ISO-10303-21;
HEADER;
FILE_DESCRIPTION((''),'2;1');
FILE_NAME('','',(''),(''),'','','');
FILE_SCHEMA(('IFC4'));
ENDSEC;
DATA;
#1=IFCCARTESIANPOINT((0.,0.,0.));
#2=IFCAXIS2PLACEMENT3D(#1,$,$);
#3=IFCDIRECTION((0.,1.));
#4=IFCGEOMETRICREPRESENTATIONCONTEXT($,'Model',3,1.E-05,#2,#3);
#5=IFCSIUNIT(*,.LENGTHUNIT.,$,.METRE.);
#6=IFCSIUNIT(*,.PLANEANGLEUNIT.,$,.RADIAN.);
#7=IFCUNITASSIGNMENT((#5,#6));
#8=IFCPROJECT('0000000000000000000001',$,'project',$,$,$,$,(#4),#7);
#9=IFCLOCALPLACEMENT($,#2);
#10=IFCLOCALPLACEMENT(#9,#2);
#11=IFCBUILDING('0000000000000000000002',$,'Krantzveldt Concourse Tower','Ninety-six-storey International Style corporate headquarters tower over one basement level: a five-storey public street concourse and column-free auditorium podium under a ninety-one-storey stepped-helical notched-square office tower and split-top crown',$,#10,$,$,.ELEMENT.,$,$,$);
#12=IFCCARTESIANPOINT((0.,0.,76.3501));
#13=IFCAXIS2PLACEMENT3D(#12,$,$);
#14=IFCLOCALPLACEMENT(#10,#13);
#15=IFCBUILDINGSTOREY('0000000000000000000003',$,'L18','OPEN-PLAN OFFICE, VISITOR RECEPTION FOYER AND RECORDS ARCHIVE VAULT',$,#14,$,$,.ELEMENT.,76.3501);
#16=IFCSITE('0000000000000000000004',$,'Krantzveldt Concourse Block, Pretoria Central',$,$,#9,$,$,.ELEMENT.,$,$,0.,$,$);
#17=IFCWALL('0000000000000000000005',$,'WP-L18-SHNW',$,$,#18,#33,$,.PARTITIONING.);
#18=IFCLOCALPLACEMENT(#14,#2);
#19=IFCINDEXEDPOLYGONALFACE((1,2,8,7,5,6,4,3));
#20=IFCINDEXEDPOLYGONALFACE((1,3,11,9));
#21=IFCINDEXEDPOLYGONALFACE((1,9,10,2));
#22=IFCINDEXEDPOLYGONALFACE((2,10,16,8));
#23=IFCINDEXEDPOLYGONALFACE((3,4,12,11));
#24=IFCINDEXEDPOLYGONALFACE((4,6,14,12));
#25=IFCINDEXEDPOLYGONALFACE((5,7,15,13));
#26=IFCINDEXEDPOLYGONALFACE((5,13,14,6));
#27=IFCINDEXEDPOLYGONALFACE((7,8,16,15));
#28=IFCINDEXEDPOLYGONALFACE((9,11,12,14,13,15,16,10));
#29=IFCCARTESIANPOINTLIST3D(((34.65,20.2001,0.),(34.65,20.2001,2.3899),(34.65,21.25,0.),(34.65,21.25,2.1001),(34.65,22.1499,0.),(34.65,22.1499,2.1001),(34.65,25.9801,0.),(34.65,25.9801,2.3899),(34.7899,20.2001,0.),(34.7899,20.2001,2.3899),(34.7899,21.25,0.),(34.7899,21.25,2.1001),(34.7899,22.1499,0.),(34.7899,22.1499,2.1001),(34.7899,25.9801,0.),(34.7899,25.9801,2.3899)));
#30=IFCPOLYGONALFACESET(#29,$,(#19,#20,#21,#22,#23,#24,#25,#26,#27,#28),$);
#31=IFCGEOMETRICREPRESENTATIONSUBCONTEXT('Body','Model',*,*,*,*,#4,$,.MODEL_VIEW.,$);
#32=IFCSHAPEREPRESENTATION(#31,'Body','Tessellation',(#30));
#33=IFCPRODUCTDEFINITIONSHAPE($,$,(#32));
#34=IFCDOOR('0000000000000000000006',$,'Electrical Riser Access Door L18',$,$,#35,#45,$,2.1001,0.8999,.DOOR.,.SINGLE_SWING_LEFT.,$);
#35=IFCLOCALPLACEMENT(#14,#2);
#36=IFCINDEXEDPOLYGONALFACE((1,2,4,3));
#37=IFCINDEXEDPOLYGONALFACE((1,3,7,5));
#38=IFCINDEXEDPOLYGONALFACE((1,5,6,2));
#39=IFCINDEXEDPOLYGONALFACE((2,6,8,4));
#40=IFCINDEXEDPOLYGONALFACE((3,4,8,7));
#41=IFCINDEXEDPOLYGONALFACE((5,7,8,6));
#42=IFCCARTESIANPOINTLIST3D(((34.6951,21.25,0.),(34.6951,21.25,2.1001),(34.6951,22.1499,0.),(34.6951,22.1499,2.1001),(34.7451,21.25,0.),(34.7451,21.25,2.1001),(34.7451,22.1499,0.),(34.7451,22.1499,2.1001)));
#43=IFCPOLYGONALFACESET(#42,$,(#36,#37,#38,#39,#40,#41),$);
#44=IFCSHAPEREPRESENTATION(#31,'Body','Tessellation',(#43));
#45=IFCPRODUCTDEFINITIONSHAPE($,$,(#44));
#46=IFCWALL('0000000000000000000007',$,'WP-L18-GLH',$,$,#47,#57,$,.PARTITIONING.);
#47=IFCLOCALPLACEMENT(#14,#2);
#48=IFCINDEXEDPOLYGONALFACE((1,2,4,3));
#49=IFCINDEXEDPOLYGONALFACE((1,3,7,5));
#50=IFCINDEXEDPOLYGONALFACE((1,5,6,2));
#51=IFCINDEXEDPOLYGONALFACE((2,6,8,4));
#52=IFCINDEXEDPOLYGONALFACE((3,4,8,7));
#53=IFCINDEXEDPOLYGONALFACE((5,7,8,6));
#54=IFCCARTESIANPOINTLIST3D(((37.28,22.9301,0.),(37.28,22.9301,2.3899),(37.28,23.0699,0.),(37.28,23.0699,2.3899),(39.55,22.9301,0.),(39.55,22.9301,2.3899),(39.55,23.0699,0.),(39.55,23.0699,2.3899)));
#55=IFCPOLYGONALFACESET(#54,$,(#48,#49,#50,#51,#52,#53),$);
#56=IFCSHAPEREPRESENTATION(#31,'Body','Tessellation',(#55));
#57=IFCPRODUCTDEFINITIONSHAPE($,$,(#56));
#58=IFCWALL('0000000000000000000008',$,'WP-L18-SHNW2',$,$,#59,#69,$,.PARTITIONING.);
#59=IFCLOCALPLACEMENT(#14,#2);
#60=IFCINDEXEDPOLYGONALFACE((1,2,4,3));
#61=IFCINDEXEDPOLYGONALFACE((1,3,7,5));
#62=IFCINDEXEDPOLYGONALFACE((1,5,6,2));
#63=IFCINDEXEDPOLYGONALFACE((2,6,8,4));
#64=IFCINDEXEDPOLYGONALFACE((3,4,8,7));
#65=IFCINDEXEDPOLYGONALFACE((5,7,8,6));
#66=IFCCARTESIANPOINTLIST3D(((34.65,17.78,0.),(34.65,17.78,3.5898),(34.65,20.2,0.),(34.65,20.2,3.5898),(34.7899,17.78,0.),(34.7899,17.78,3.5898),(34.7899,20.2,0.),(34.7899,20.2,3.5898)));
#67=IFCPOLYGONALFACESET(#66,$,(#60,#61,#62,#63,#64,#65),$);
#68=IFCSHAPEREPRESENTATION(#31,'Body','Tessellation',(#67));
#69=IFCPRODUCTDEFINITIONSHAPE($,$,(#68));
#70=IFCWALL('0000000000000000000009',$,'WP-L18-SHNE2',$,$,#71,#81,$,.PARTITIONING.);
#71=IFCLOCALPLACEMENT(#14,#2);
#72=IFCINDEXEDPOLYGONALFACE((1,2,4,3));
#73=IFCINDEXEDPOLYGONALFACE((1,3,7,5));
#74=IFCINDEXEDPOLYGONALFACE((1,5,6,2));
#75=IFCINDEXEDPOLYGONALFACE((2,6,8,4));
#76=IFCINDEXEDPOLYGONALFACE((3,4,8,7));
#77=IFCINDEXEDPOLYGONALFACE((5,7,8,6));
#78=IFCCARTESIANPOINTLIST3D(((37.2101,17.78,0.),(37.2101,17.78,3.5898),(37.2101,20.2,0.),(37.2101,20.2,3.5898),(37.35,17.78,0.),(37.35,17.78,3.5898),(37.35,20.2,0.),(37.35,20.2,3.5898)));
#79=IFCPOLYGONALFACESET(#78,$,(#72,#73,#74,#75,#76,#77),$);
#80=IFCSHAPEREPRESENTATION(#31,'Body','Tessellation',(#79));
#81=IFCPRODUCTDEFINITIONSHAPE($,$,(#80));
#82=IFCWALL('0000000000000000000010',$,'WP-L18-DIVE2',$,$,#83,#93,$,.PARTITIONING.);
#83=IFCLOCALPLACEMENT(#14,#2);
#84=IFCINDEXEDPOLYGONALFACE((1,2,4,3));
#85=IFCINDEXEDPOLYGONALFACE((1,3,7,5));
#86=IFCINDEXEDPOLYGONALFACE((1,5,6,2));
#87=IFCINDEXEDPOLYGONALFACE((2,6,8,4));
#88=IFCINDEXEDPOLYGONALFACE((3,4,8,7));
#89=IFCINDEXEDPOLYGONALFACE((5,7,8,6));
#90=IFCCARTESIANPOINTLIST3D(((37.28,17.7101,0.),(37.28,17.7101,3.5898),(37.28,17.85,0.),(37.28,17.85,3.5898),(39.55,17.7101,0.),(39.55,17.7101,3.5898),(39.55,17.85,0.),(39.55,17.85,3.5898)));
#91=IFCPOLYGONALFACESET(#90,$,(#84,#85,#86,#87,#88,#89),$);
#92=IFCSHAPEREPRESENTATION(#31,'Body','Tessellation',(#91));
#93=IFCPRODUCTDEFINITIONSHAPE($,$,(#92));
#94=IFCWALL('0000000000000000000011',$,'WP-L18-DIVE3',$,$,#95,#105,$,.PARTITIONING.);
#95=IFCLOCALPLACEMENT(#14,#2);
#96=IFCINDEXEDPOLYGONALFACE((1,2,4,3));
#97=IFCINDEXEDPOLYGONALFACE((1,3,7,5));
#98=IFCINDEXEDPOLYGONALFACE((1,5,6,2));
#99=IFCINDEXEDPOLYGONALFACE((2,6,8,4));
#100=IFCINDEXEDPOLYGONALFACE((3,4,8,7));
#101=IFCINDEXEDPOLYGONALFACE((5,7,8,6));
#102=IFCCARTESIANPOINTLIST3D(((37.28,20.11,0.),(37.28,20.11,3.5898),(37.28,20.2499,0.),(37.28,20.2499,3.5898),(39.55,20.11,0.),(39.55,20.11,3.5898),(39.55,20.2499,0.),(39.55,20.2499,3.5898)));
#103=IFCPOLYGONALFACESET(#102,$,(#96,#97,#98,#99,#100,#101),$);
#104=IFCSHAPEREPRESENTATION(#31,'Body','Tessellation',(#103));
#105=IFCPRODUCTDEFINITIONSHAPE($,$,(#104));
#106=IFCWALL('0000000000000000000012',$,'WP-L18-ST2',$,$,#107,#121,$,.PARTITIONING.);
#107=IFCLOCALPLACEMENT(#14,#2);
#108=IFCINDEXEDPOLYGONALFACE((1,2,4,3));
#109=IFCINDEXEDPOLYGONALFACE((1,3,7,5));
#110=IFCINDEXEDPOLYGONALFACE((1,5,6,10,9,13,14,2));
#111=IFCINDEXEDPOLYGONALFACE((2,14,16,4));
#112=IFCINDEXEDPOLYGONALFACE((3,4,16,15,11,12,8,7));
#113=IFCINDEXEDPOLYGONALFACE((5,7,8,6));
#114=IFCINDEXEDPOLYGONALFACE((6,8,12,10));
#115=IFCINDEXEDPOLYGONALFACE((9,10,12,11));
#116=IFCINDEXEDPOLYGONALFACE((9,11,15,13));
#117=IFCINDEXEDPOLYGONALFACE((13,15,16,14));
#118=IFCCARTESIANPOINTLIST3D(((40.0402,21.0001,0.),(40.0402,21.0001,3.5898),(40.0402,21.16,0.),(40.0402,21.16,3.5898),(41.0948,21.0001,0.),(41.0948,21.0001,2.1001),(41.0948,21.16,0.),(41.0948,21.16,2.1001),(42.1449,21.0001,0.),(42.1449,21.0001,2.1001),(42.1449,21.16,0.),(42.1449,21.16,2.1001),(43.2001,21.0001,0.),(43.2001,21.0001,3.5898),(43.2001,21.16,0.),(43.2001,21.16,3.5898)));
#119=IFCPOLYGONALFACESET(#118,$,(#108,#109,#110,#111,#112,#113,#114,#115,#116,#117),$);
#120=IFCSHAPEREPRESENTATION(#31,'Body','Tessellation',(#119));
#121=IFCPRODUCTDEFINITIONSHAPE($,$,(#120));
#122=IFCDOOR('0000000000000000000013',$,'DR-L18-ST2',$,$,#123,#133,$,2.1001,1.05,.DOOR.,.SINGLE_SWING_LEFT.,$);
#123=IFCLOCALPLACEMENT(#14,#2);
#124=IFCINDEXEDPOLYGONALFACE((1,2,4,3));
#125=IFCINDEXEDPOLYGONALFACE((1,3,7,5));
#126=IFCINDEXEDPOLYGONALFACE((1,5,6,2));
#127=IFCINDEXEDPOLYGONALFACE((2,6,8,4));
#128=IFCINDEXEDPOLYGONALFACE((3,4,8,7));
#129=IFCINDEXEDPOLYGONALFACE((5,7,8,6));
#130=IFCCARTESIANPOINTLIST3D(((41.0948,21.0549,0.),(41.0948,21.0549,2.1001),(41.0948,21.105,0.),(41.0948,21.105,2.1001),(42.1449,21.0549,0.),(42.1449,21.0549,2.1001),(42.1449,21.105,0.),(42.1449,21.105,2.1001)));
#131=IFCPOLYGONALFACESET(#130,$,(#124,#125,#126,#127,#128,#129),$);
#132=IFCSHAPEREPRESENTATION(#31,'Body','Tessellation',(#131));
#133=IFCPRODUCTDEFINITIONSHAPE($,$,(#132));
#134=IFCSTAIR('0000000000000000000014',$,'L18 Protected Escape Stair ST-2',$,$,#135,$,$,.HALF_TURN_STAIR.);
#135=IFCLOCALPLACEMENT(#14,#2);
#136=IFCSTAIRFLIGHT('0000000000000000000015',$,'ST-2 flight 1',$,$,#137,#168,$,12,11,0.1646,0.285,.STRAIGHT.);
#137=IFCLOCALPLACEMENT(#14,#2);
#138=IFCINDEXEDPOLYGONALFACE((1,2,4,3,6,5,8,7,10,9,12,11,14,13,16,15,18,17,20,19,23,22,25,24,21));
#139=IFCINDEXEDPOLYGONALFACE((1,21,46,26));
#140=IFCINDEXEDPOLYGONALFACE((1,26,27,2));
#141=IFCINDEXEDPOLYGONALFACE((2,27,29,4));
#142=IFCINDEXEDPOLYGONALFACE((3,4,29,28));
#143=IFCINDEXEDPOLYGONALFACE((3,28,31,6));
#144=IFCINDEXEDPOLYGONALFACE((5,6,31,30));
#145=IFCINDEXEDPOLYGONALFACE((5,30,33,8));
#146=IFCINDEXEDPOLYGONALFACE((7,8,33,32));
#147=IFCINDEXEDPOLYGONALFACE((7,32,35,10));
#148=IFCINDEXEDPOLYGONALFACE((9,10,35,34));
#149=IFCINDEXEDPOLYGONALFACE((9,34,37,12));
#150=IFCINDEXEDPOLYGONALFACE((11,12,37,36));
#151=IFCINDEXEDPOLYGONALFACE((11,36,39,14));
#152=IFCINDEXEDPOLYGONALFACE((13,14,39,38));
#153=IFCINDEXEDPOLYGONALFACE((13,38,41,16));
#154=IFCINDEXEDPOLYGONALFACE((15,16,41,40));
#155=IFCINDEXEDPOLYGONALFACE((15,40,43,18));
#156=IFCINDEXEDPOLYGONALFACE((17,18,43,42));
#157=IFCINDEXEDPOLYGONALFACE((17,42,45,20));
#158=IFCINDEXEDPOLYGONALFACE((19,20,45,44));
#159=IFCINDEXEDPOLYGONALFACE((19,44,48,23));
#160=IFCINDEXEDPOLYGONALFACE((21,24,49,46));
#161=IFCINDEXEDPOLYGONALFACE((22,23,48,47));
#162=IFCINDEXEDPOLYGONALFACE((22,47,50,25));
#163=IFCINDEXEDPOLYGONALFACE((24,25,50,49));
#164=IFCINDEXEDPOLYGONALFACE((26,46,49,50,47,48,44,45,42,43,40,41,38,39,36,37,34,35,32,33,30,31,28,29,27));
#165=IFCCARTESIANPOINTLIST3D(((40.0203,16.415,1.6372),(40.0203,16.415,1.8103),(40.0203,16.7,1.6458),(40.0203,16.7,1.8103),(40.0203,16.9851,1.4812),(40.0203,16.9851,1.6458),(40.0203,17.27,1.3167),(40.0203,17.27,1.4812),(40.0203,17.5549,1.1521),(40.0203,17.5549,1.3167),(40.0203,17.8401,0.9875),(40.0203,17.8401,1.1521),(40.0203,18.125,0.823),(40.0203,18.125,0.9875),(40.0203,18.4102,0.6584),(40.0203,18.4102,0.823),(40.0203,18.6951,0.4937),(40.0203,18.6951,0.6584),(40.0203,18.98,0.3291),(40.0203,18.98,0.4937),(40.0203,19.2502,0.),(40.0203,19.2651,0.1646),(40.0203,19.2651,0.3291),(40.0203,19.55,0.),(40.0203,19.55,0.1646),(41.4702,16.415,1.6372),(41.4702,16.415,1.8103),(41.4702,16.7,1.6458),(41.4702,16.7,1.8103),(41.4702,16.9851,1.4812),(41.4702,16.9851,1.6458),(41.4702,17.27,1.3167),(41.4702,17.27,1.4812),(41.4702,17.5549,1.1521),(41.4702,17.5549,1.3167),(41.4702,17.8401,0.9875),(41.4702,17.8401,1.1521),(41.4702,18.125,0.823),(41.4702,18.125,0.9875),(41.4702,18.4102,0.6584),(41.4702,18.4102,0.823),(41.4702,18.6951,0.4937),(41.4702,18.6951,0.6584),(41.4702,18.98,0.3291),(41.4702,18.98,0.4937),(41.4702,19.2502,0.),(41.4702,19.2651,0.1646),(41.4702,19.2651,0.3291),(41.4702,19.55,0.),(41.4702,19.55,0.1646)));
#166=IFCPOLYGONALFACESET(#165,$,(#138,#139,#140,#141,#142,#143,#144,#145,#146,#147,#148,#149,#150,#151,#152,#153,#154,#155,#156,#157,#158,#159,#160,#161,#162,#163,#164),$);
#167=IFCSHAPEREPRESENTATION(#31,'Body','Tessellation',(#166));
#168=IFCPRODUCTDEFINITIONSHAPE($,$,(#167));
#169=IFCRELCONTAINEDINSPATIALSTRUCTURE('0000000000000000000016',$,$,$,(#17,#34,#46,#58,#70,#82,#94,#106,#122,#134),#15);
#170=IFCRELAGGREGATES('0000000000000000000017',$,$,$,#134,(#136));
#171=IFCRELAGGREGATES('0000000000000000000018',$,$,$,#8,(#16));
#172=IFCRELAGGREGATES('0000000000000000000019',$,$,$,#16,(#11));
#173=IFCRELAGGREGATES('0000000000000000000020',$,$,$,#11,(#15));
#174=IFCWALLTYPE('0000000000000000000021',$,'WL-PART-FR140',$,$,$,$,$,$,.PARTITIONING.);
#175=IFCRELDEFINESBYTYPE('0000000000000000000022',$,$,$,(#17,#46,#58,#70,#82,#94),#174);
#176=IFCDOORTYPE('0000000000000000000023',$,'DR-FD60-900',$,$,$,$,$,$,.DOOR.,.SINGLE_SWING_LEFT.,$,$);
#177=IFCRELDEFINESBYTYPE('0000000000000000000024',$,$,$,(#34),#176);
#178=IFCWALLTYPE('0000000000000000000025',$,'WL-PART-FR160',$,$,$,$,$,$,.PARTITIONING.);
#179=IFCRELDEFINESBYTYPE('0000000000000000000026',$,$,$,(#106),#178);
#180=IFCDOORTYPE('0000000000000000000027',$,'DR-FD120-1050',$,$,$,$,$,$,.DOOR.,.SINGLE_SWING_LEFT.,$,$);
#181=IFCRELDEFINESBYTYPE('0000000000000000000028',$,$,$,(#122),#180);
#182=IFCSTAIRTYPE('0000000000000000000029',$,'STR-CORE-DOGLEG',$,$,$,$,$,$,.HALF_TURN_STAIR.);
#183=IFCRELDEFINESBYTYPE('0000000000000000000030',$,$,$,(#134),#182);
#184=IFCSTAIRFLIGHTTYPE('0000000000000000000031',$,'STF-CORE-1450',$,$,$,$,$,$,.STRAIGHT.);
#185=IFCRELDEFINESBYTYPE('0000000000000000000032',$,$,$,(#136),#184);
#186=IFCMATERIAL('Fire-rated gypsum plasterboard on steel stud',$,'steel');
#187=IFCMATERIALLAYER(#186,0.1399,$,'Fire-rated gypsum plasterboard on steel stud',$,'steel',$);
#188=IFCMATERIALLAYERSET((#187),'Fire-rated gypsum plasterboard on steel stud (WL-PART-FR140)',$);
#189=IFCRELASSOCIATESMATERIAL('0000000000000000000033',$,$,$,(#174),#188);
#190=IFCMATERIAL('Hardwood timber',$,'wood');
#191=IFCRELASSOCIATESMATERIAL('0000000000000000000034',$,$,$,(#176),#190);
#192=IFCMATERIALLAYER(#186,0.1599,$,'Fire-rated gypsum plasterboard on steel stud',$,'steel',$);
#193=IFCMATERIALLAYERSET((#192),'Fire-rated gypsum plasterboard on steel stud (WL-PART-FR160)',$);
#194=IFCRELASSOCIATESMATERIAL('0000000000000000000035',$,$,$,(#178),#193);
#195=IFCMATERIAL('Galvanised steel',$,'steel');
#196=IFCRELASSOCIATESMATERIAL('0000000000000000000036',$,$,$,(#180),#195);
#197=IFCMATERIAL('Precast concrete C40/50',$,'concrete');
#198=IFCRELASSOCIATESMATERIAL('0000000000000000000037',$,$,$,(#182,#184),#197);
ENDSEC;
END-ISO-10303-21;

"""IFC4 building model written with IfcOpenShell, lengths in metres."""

from ifc_helpers import new_model, si_unit, direction, frame, frame_2d, origin, place, context, subcontext, project, spatial, polyline, rectangle, outline, extrude, material, layer, layer_set, type_object, element, fill, aggregate, save


model = new_model("IFC4")

# Units and contexts
model_context = context("Model", 3, precision=1e-05, world=origin(), true_north=direction((0.0, 1.0)))
body_context = subcontext(model_context, "Body", "Model", "MODEL_VIEW")
ifc_project = project(units=[si_unit("LENGTHUNIT", "METRE"), si_unit("PLANEANGLEUNIT", "RADIAN")], contexts=[model_context])

# Site, building, storey
site_placement = place(None, origin())
site = spatial("IfcSite", under=ifc_project, at=site_placement, Name="Krantzveldt Concourse Block, Pretoria Central", CompositionType="ELEMENT", RefElevation=0.0)
building_placement = place(site_placement, origin())
building = spatial("IfcBuilding", under=site, at=building_placement, Name="Krantzveldt Concourse Tower", Description="Ninety-six-storey International Style corporate headquarters tower over one basement level: a five-storey public street concourse and column-free auditorium podium under a ninety-one-storey stepped-helical notched-square office tower and split-top crown", CompositionType="ELEMENT")
storey_placement = place(building_placement, frame((0.0, 0.0, 76.3501)))
storey = spatial("IfcBuildingStorey", under=building, at=storey_placement, Name="L18", Description="OPEN-PLAN OFFICE, VISITOR RECEPTION FOYER AND RECORDS ARCHIVE VAULT", CompositionType="ELEMENT", Elevation=76.3501)

# Wall, opening, door
ifc_material_1 = material(Name="Fire-rated gypsum plasterboard on steel stud", Category="steel")
ifc_layer_1 = layer(ifc_material_1, 0.1399, Name="Fire-rated gypsum plasterboard on steel stud", Category="steel")
ifc_layer_set_1 = layer_set([ifc_layer_1], Name="Fire-rated gypsum plasterboard on steel stud (WL-PART-FR140)")
wall_type_1 = type_object("IfcWallType", Name="WL-PART-FR140", PredefinedType="PARTITIONING", material=ifc_layer_set_1)
wall_1_placement = place(storey_placement, frame((34.72, 20.2, 0.0), z_axis=(0.0, 0.0, 1.0), x_axis=(0.0, 1.0, 0.0)))
wall_1 = element("IfcWall", 1, at=wall_1_placement, inside=storey, type_object=wall_type_1, Name="WP-L18-SHNW", PredefinedType="PARTITIONING", context=body_context, shape_type="SweptSolid", body=[
    extrude(rectangle(XDim=5.78, YDim=0.1399, at=frame_2d((2.8901, 0.0))), origin(), (0.0, 0.0, 1.0), 2.3899),
])
opening_1_placement = place(wall_1_placement, frame((1.05, 0.0, 0.0)))
opening_1 = element("IfcOpeningElement", 2, at=opening_1_placement, cuts=wall_1, PredefinedType="OPENING", context=body_context, shape_type="SweptSolid", body=[
    extrude(rectangle(XDim=0.8999, YDim=2.1001, at=frame_2d((0.45, 1.05))), frame((0.0, 0.0801, 0.0), z_axis=(0.0, -1.0, 0.0), x_axis=(1.0, 0.0, 0.0)), (0.0, 0.0, 1.0), 0.1599),
])
ifc_material_2 = material(Name="Hardwood timber", Category="wood")
door_type_1 = type_object("IfcDoorType", Name="DR-FD60-900", OperationType="SINGLE_SWING_LEFT", PredefinedType="DOOR", material=ifc_material_2)
door_1_placement = place(opening_1_placement, origin())
door_1 = element("IfcDoor", 3, at=door_1_placement, inside=storey, type_object=door_type_1, Name="Electrical Riser Access Door L18", OperationType="SINGLE_SWING_LEFT", OverallHeight=2.1001, OverallWidth=0.8999, PredefinedType="DOOR", context=body_context, shape_type="SweptSolid", body=[
    extrude(rectangle(XDim=0.8999, YDim=2.1001, at=frame_2d((0.45, 1.05))), frame((0.0, 0.0249, 0.0), z_axis=(0.0, -1.0, 0.0), x_axis=(1.0, 0.0, 0.0)), (0.0, 0.0, 1.0), 0.05),
])
fill(opening_1, door_1)

# Walls
wall_2_placement = place(storey_placement, frame((37.28, 23.0, 0.0), z_axis=(0.0, 0.0, 1.0), x_axis=(1.0, 0.0, 0.0)))
element("IfcWall", 4, at=wall_2_placement, inside=storey, type_object=wall_type_1, Name="WP-L18-GLH", PredefinedType="PARTITIONING", context=body_context, shape_type="SweptSolid", body=[
    extrude(rectangle(XDim=2.27, YDim=0.1399, at=frame_2d((1.135, 0.0))), origin(), (0.0, 0.0, 1.0), 2.3899),
])
for number, where, z_axis, x_axis, name in (
    (5, (34.72, 17.78, 0.0), (0.0, 0.0, 1.0), (0.0, 1.0, 0.0), "WP-L18-SHNW2"),
    (6, (37.28, 17.78, 0.0), (0.0, 0.0, 1.0), (0.0, 1.0, 0.0), "WP-L18-SHNE2"),
):
    element("IfcWall", number, at=place(storey_placement, frame(where, z_axis=z_axis, x_axis=x_axis)), inside=storey, type_object=wall_type_1, Name=name, PredefinedType="PARTITIONING", context=body_context, shape_type="SweptSolid", body=[
        extrude(rectangle(XDim=2.4199, YDim=0.1399, at=frame_2d((1.21, 0.0))), origin(), (0.0, 0.0, 1.0), 3.5898),
    ])
for number, where, z_axis, x_axis, name in (
    (7, (37.28, 17.78, 0.0), (0.0, 0.0, 1.0), (1.0, 0.0, 0.0), "WP-L18-DIVE2"),
    (8, (37.28, 20.1799, 0.0), (0.0, 0.0, 1.0), (1.0, 0.0, 0.0), "WP-L18-DIVE3"),
):
    element("IfcWall", number, at=place(storey_placement, frame(where, z_axis=z_axis, x_axis=x_axis)), inside=storey, type_object=wall_type_1, Name=name, PredefinedType="PARTITIONING", context=body_context, shape_type="SweptSolid", body=[
        extrude(rectangle(XDim=2.27, YDim=0.1399, at=frame_2d((1.135, 0.0))), origin(), (0.0, 0.0, 1.0), 3.5898),
    ])

# Wall, opening, door
ifc_layer_2 = layer(ifc_material_1, 0.1599, Name="Fire-rated gypsum plasterboard on steel stud", Category="steel")
ifc_layer_set_2 = layer_set([ifc_layer_2], Name="Fire-rated gypsum plasterboard on steel stud (WL-PART-FR160)")
wall_type_2 = type_object("IfcWallType", Name="WL-PART-FR160", PredefinedType="PARTITIONING", material=ifc_layer_set_2)
wall_3_placement = place(storey_placement, frame((40.04, 21.0801, 0.0), z_axis=(0.0, 0.0, 1.0), x_axis=(1.0, 0.0, 0.0)))
wall_3 = element("IfcWall", 9, at=wall_3_placement, inside=storey, type_object=wall_type_2, Name="WP-L18-ST2", PredefinedType="PARTITIONING", context=body_context, shape_type="SweptSolid", body=[
    extrude(rectangle(XDim=3.1599, YDim=0.1599, at=frame_2d((1.5801, 0.0))), origin(), (0.0, 0.0, 1.0), 3.5898),
])
opening_2_placement = place(wall_3_placement, frame((1.0549, 0.0, 0.0)))
opening_2 = element("IfcOpeningElement", 10, at=opening_2_placement, cuts=wall_3, PredefinedType="OPENING", context=body_context, shape_type="SweptSolid", body=[
    extrude(rectangle(XDim=1.05, YDim=2.1001, at=frame_2d((0.5249, 1.05))), frame((0.0, 0.0898, 0.0), z_axis=(0.0, -1.0, 0.0), x_axis=(1.0, 0.0, 0.0)), (0.0, 0.0, 1.0), 0.1799),
])
ifc_material_3 = material(Name="Galvanised steel", Category="steel")
door_type_2 = type_object("IfcDoorType", Name="DR-FD120-1050", OperationType="SINGLE_SWING_LEFT", PredefinedType="DOOR", material=ifc_material_3)
door_2_placement = place(opening_2_placement, origin())
door_2 = element("IfcDoor", 11, at=door_2_placement, inside=storey, type_object=door_type_2, Name="DR-L18-ST2", OperationType="SINGLE_SWING_LEFT", OverallHeight=2.1001, OverallWidth=1.05, PredefinedType="DOOR", context=body_context, shape_type="SweptSolid", body=[
    extrude(rectangle(XDim=1.05, YDim=2.1001, at=frame_2d((0.5249, 1.05))), frame((0.0, 0.0249, 0.0), z_axis=(0.0, -1.0, 0.0), x_axis=(1.0, 0.0, 0.0)), (0.0, 0.0, 1.0), 0.05),
])
fill(opening_2, door_2)

# Stair, stair flight
ifc_material_4 = material(Name="Precast concrete C40/50", Category="concrete")
stair_type = type_object("IfcStairType", Name="STR-CORE-DOGLEG", PredefinedType="HALF_TURN_STAIR", material=ifc_material_4)
stair_placement = place(storey_placement, origin())
stair = element("IfcStair", 12, at=stair_placement, inside=storey, type_object=stair_type, Name="L18 Protected Escape Stair ST-2", PredefinedType="HALF_TURN_STAIR")
stair_flight_type = type_object("IfcStairFlightType", Name="STF-CORE-1450", PredefinedType="STRAIGHT", material=ifc_material_4)
stair_flight_1_placement = place(storey_placement, frame((40.7451, 19.55, 0.0), z_axis=(0.0, 0.0, 1.0), x_axis=(0.0, -1.0, 0.0)))
stair_flight_1 = element("IfcStairFlight", 13, at=stair_flight_1_placement, type_object=stair_flight_type, Name="ST-2 flight 1", NumberOfRisers=12, NumberOfTreads=11, PredefinedType="STRAIGHT", RiserHeight=0.1646, TreadLength=0.285, context=body_context, shape_type="SweptSolid", body=[
    extrude(outline(polyline([(0.0, 0.0), (0.0, 0.1646), (0.2849, 0.1646), (0.2849, 0.3291), (0.5701, 0.3291), (0.5701, 0.4937), (0.855, 0.4937), (0.855, 0.6584), (1.1399, 0.6584), (1.1399, 0.823), (1.425, 0.823), (1.425, 0.9875), (1.71, 0.9875), (1.71, 1.1521), (1.9951, 1.1521), (1.9951, 1.3167), (2.28, 1.3167), (2.28, 1.4812), (2.5649, 1.4812), (2.5649, 1.6458), (2.8501, 1.6458), (2.8501, 1.8103), (3.135, 1.8103), (3.135, 1.9751), (3.135, 1.6372), (0.2998, 0.0), (0.0, 0.0)])), frame((0.0, 0.7251, 0.0), z_axis=(0.0, -1.0, 0.0), x_axis=(1.0, 0.0, 0.0)), (0.0, 0.0, 1.0), 1.45),
])
aggregate(stair, [stair_flight_1])

save(model, "model.ifc")
